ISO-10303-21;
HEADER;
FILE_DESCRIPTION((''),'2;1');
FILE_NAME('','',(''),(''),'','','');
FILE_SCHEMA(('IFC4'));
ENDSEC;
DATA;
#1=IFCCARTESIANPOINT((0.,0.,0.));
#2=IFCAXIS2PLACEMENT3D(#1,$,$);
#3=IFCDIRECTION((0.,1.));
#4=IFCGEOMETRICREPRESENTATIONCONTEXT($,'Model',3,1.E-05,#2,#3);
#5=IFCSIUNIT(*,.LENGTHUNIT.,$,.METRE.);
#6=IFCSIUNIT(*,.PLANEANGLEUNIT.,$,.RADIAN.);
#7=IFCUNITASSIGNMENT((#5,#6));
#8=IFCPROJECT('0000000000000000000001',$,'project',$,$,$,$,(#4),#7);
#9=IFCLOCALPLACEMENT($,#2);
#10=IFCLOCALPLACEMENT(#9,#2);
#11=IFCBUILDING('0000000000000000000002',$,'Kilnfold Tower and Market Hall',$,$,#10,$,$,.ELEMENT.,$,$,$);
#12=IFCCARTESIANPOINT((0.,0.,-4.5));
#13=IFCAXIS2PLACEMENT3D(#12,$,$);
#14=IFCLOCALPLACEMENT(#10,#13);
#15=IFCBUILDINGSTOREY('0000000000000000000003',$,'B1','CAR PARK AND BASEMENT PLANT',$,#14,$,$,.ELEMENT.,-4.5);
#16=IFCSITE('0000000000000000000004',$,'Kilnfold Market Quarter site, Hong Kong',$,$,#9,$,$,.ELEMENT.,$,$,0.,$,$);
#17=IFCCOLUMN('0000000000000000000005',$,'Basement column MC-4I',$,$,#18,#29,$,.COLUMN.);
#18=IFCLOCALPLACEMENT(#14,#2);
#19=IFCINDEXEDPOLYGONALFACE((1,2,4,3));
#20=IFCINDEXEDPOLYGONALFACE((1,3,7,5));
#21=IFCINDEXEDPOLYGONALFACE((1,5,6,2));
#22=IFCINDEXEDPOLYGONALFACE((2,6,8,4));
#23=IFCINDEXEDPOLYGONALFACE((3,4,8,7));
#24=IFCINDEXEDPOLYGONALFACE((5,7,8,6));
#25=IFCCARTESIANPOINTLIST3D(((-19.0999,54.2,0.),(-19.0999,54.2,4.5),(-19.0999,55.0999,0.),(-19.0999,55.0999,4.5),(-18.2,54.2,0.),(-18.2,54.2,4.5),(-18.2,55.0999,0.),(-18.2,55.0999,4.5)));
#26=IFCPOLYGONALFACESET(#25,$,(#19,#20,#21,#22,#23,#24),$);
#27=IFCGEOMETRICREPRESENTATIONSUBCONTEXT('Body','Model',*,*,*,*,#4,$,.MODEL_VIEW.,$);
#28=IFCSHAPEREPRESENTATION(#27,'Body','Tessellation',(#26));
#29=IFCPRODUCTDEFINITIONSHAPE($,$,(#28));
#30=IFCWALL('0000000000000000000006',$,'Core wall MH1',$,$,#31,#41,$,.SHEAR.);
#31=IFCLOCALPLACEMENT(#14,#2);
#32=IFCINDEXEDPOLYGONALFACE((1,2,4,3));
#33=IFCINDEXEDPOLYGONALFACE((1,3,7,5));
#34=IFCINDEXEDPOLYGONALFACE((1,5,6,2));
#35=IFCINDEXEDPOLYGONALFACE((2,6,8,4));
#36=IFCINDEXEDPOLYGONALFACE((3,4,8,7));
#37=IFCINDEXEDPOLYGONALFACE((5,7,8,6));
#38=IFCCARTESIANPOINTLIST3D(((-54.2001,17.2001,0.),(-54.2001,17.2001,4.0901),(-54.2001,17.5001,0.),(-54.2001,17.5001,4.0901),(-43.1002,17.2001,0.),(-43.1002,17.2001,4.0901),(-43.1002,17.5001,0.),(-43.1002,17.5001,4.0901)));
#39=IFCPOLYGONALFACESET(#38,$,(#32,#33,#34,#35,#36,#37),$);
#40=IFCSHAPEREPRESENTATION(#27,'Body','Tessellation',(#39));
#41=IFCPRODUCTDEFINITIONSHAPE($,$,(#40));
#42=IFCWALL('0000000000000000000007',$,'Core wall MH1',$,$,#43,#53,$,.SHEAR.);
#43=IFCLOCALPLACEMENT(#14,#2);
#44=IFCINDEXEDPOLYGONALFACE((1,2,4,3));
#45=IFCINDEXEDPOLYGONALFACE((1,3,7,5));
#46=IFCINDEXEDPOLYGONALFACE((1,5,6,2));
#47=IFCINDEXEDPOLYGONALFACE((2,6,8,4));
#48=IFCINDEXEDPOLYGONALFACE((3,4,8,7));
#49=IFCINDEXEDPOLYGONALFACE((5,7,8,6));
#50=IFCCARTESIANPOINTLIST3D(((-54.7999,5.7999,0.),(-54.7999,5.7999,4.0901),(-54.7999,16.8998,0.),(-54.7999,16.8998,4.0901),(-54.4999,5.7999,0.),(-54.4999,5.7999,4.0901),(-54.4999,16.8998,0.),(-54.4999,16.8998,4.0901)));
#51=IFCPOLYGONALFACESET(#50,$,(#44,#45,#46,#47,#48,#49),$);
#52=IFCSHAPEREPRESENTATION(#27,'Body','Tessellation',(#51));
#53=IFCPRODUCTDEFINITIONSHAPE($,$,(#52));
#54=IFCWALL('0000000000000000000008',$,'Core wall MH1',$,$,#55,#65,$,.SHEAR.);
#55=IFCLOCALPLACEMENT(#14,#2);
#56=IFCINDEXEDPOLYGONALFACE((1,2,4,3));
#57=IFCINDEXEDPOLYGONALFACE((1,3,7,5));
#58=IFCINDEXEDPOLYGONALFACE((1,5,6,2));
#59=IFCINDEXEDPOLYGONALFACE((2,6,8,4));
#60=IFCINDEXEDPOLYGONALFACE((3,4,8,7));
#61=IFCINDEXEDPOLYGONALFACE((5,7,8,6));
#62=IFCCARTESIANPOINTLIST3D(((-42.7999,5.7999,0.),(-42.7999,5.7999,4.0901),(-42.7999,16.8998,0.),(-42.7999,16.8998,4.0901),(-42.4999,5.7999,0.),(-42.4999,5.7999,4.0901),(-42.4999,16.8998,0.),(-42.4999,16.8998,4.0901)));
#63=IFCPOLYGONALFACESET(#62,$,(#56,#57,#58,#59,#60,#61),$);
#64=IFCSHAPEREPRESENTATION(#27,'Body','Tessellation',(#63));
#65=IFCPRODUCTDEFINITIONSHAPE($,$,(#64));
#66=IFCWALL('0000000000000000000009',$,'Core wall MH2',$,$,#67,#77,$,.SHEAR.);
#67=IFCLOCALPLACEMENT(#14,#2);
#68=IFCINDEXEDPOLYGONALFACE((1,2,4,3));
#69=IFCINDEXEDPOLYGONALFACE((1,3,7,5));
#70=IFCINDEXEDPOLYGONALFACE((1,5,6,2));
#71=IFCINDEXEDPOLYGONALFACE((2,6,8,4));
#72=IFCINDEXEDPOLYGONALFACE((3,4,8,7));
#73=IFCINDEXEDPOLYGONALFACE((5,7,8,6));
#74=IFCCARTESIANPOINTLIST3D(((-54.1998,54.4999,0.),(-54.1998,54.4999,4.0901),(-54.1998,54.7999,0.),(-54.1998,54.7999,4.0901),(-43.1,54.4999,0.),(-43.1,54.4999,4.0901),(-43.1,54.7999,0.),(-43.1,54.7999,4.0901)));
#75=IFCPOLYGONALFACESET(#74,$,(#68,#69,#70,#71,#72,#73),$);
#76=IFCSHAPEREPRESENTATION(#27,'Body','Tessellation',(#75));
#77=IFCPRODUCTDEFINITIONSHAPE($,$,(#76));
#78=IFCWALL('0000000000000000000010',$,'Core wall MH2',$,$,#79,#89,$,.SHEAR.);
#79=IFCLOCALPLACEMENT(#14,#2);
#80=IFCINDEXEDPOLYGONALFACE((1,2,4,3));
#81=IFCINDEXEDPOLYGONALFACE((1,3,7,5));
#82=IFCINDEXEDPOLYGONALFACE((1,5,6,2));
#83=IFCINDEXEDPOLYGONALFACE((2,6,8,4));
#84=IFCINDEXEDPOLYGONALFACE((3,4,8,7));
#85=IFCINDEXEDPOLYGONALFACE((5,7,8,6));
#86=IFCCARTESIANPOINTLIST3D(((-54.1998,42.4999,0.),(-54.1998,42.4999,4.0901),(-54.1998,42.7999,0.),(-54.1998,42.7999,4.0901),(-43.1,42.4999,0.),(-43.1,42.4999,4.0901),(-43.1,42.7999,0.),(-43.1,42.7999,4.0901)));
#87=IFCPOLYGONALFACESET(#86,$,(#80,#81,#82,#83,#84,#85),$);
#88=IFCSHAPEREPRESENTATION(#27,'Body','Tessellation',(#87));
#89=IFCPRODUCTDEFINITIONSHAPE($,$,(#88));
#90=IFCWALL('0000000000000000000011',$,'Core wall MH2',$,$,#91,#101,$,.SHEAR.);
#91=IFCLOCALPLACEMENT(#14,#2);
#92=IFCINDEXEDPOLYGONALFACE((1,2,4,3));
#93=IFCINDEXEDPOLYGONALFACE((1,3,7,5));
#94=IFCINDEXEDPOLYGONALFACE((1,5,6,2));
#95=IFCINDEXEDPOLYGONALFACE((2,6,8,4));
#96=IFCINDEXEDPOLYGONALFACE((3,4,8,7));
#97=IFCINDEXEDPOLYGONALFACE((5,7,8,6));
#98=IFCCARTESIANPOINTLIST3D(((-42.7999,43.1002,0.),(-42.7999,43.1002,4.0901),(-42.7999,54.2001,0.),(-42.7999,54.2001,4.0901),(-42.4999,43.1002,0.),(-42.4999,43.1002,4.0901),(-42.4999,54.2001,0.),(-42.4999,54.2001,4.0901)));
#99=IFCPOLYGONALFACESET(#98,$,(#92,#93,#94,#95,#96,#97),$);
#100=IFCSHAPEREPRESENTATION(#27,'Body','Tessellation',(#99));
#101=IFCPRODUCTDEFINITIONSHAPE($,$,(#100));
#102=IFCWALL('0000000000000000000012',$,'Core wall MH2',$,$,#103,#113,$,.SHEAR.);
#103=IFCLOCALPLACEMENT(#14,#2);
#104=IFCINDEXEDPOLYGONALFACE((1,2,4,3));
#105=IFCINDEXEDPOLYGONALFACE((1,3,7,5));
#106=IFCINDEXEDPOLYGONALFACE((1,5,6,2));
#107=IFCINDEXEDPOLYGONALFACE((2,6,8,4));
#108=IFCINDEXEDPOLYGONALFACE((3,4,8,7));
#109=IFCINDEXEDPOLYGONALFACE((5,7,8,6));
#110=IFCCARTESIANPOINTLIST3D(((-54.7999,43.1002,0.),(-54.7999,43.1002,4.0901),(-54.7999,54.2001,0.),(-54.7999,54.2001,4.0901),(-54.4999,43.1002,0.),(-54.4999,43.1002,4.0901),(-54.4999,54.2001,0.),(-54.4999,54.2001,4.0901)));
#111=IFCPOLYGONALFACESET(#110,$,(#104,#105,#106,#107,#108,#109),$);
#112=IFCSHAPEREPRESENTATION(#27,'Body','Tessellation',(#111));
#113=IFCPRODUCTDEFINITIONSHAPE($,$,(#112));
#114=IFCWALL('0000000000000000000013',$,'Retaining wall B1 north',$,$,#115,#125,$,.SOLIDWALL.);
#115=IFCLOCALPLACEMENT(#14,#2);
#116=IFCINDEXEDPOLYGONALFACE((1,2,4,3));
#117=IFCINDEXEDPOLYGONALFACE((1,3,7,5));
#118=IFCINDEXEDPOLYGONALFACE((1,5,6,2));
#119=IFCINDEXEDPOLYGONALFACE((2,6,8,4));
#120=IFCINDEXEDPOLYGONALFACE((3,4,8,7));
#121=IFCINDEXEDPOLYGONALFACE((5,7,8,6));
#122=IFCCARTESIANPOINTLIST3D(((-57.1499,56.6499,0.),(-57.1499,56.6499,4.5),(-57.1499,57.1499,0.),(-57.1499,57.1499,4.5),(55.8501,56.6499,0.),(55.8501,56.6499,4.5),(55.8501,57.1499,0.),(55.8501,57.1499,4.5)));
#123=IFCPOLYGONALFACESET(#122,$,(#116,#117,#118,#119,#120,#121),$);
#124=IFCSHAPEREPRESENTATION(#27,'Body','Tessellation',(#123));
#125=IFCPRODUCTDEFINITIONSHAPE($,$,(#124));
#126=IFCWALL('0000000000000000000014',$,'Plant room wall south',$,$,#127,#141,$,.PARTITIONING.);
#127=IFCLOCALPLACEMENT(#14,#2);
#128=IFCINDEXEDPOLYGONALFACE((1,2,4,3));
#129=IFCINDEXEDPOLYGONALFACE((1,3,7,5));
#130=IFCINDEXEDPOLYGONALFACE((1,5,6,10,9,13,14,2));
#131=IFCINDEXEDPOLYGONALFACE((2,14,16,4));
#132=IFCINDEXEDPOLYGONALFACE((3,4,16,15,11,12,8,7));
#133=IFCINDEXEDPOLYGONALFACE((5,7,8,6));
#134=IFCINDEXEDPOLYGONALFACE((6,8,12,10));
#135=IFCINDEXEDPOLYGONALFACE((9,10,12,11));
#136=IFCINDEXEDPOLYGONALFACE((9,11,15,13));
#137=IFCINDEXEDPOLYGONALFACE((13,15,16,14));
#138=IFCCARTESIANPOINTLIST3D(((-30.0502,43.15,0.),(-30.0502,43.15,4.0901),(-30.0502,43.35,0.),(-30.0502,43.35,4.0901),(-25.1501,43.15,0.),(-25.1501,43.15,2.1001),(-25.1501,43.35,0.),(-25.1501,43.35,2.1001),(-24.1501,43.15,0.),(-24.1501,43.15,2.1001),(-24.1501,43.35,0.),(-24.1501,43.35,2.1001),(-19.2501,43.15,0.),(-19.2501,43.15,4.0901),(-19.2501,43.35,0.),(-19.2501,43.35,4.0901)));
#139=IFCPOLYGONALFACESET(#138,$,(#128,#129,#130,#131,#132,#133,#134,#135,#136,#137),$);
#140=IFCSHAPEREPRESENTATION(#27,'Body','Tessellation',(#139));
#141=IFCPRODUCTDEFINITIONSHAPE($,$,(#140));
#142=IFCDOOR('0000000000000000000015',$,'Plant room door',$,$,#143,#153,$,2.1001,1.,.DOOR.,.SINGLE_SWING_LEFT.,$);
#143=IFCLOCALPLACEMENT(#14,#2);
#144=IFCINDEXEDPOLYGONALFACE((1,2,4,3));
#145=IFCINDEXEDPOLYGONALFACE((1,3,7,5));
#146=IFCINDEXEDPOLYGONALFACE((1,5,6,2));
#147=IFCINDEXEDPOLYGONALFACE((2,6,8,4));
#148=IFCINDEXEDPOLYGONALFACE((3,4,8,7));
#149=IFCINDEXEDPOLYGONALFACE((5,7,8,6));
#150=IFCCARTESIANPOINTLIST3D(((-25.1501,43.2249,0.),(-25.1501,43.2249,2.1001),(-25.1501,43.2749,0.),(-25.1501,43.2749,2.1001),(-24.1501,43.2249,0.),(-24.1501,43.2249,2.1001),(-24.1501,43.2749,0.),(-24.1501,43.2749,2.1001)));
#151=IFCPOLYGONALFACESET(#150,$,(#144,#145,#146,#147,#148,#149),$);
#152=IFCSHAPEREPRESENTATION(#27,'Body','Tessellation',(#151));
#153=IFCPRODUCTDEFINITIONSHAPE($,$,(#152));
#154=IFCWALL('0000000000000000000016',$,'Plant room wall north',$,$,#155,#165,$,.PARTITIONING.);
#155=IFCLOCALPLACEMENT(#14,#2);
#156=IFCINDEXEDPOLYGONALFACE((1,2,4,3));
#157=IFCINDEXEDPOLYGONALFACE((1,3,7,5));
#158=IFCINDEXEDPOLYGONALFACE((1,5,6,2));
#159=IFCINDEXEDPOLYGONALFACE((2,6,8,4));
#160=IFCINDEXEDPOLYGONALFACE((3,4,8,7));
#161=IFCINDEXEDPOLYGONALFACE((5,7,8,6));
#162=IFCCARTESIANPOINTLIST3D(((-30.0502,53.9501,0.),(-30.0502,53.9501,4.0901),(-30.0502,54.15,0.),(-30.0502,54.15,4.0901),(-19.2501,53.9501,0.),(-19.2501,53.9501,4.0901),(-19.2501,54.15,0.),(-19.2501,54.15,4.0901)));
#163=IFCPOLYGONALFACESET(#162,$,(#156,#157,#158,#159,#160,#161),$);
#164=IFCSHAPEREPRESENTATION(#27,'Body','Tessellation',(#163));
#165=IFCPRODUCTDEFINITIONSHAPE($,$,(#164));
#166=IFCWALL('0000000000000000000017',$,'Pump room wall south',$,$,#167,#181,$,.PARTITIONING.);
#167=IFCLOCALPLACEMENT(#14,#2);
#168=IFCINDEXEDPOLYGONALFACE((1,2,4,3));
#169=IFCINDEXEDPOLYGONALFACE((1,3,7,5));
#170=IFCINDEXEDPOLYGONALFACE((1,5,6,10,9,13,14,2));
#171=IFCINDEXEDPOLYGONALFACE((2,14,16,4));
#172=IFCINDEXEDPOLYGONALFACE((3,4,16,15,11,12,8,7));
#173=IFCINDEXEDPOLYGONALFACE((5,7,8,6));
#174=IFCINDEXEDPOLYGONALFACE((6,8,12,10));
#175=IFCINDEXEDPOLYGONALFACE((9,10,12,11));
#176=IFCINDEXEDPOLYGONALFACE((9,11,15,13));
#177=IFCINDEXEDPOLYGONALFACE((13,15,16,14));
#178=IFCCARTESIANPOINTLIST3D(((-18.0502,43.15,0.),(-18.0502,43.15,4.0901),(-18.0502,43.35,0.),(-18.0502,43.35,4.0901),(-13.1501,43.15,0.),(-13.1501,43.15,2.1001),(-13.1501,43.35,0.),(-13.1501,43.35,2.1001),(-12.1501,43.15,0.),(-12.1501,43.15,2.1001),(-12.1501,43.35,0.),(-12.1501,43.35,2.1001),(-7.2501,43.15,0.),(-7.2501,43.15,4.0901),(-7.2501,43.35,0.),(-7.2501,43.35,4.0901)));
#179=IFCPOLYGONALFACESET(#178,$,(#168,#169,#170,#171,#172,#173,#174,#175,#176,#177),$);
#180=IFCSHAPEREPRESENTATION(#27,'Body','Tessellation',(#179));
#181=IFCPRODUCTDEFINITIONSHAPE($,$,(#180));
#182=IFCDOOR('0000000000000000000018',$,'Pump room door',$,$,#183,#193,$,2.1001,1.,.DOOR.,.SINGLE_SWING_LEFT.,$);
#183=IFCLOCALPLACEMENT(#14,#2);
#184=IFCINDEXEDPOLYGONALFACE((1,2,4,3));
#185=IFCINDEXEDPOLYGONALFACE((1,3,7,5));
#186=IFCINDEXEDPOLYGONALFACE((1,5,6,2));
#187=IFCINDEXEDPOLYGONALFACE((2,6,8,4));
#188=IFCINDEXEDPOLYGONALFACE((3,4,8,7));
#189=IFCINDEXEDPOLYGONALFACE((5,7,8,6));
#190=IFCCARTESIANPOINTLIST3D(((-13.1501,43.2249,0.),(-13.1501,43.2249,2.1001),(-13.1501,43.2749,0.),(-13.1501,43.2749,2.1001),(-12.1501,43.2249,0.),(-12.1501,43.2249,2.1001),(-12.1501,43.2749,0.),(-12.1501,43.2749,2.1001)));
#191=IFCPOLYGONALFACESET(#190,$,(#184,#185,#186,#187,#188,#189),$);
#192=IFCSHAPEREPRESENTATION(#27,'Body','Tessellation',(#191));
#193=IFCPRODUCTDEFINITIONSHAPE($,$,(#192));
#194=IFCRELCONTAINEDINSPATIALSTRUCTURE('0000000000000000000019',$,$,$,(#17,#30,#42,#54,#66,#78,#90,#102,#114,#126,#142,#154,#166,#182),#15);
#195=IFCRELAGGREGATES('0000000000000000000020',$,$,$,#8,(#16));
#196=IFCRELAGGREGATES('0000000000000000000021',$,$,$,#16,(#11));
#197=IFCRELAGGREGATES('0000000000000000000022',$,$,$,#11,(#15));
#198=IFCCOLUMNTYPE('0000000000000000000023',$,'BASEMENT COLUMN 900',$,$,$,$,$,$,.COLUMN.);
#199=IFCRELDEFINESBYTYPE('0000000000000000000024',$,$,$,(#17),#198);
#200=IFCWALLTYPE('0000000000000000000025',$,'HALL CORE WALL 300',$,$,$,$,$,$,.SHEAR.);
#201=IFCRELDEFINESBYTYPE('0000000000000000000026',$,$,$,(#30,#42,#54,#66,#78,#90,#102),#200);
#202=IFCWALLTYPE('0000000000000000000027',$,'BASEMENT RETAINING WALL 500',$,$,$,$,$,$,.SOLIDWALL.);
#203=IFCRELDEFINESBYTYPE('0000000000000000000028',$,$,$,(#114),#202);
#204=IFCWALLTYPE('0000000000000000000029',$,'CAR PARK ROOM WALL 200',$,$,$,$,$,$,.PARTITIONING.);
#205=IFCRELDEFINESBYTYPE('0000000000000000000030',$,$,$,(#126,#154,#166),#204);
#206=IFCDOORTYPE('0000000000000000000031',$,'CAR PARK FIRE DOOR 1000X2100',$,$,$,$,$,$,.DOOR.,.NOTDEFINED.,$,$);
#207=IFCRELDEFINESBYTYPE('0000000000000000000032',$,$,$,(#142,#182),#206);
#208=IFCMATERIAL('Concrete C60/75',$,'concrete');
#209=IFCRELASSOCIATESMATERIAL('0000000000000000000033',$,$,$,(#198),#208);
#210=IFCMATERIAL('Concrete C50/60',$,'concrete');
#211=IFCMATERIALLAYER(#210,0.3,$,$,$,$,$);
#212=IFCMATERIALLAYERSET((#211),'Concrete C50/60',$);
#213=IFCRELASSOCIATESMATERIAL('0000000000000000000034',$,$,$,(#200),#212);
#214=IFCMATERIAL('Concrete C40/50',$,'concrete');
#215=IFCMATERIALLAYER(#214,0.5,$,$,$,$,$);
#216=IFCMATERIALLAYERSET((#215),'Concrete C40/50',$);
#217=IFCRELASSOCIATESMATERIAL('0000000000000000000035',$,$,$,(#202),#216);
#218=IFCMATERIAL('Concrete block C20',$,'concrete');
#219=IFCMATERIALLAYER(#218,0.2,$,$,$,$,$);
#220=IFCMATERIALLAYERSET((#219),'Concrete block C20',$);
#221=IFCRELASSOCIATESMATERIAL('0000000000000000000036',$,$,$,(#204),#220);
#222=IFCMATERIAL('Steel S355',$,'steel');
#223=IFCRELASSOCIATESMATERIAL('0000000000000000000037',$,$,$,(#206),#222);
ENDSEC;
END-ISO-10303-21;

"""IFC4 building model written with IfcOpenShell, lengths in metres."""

from ifc_helpers import new_model, si_unit, direction, frame, frame_2d, origin, origin_2d, place, context, subcontext, project, spatial, rectangle, extrude, source, transform, mapped, material, layer, layer_set, material_profile, profile_set, type_object, element, fill, save


model = new_model("IFC4")

# Units and contexts
model_context = context("Model", 3, precision=1e-05, world=origin(), true_north=direction((0.0, 1.0)))
body_context = subcontext(model_context, "Body", "Model", "MODEL_VIEW")
ifc_project = project(units=[si_unit("LENGTHUNIT", "METRE"), si_unit("PLANEANGLEUNIT", "RADIAN")], contexts=[model_context])

# Site, building, storey
site_placement = place(None, origin())
site = spatial("IfcSite", under=ifc_project, at=site_placement, Name="Kilnfold Market Quarter site, Hong Kong", CompositionType="ELEMENT", RefElevation=0.0)
building_placement = place(site_placement, origin())
building = spatial("IfcBuilding", under=site, at=building_placement, Name="Kilnfold Tower and Market Hall", CompositionType="ELEMENT")
storey_placement = place(building_placement, frame((0.0, 0.0, -4.5)))
storey = spatial("IfcBuildingStorey", under=building, at=storey_placement, Name="B1", Description="CAR PARK AND BASEMENT PLANT", CompositionType="ELEMENT", Elevation=-4.5)

# Column
ifc_material_1 = material(Name="Concrete C60/75", Category="concrete")
ifc_material_profile_1 = material_profile(ifc_material_1, rectangle(XDim=0.8999, YDim=0.8999, at=origin_2d()), Name="RC 900x900")
ifc_profile_set_1 = profile_set([ifc_material_profile_1], Name="Concrete C60/75")
column_type_1 = type_object("IfcColumnType", Name="BASEMENT COLUMN 900", PredefinedType="COLUMN", material=ifc_profile_set_1)
shared_shape_1 = source(origin(), body_context, "Body", "SweptSolid", [
    extrude(rectangle(XDim=0.8999, YDim=0.8999, at=origin_2d()), origin(), (0.0, 0.0, 1.0), 4.5),
])
for number, where, z_axis, x_axis, name in (
    (1, (-18.6499, 54.6499, 0.0), (0.0, 0.0, 1.0), (1.0, 0.0, 0.0), "Basement column MC-4I"),
):
    element("IfcColumn", number, at=place(storey_placement, frame(where, z_axis=z_axis, x_axis=x_axis)), inside=storey, type_object=column_type_1, Name=name, PredefinedType="COLUMN", context=body_context, shape_type="MappedRepresentation", body=[
        mapped(shared_shape_1, transform((0.0, 0.0, 0.0))),
    ])

# Walls
ifc_material_2 = material(Name="Concrete C50/60", Category="concrete")
ifc_layer_1 = layer(ifc_material_2, 0.3)
ifc_layer_set_1 = layer_set([ifc_layer_1], Name="Concrete C50/60")
wall_type_1 = type_object("IfcWallType", Name="HALL CORE WALL 300", PredefinedType="SHEAR", material=ifc_layer_set_1)
shared_shape_2 = source(origin(), body_context, "Body", "SweptSolid", [
    extrude(rectangle(XDim=11.0999, YDim=0.3, at=frame_2d((5.5498, 0.0))), origin(), (0.0, 0.0, 1.0), 4.0901),
])
for number, where, z_axis, x_axis, name in (
    (2, (-54.2, 17.3501, 0.0), (0.0, 0.0, 1.0), (1.0, 0.0, 0.0), "Core wall MH1"),
    (3, (-54.6499, 5.8, 0.0), (0.0, 0.0, 1.0), (0.0, 1.0, 0.0), "Core wall MH1"),
    (4, (-42.6499, 5.8, 0.0), (0.0, 0.0, 1.0), (0.0, 1.0, 0.0), "Core wall MH1"),
    (5, (-43.1001, 54.6499, 0.0), (0.0, 0.0, 1.0), (-1.0, 0.0, 0.0), "Core wall MH2"),
    (6, (-43.1001, 42.6499, 0.0), (0.0, 0.0, 1.0), (-1.0, 0.0, 0.0), "Core wall MH2"),
    (7, (-42.6499, 54.2, 0.0), (0.0, 0.0, 1.0), (0.0, -1.0, 0.0), "Core wall MH2"),
    (8, (-54.6499, 54.2, 0.0), (0.0, 0.0, 1.0), (0.0, -1.0, 0.0), "Core wall MH2"),
):
    element("IfcWall", number, at=place(storey_placement, frame(where, z_axis=z_axis, x_axis=x_axis)), inside=storey, type_object=wall_type_1, Name=name, PredefinedType="SHEAR", context=body_context, shape_type="MappedRepresentation", body=[
        mapped(shared_shape_2, transform((0.0, 0.0, 0.0))),
    ])
ifc_material_3 = material(Name="Concrete C40/50", Category="concrete")
ifc_layer_2 = layer(ifc_material_3, 0.5)
ifc_layer_set_2 = layer_set([ifc_layer_2], Name="Concrete C40/50")
wall_type_2 = type_object("IfcWallType", Name="BASEMENT RETAINING WALL 500", PredefinedType="SOLIDWALL", material=ifc_layer_set_2)
shared_shape_3 = source(origin(), body_context, "Body", "SweptSolid", [
    extrude(rectangle(XDim=113.0, YDim=0.5, at=frame_2d((56.5, 0.0))), origin(), (0.0, 0.0, 1.0), 4.5),
])
wall_1_placement = place(storey_placement, frame((-57.1499, 56.8999, 0.0), z_axis=(0.0, 0.0, 1.0), x_axis=(1.0, 0.0, 0.0)))
element("IfcWall", 9, at=wall_1_placement, inside=storey, type_object=wall_type_2, Name="Retaining wall B1 north", PredefinedType="SOLIDWALL", context=body_context, shape_type="MappedRepresentation", body=[
    mapped(shared_shape_3, transform((0.0, 0.0, 0.0))),
])

# Wall, opening, door
ifc_material_4 = material(Name="Concrete block C20", Category="concrete")
ifc_layer_3 = layer(ifc_material_4, 0.2)
ifc_layer_set_3 = layer_set([ifc_layer_3], Name="Concrete block C20")
wall_type_3 = type_object("IfcWallType", Name="CAR PARK ROOM WALL 200", PredefinedType="PARTITIONING", material=ifc_layer_set_3)
shared_shape_4 = source(origin(), body_context, "Body", "SweptSolid", [
    extrude(rectangle(XDim=10.8, YDim=0.2, at=frame_2d((5.3999, 0.0))), origin(), (0.0, 0.0, 1.0), 4.0901),
])
wall_2_placement = place(storey_placement, frame((-30.05, 43.25, 0.0), z_axis=(0.0, 0.0, 1.0), x_axis=(1.0, 0.0, 0.0)))
wall_2 = element("IfcWall", 10, at=wall_2_placement, inside=storey, type_object=wall_type_3, Name="Plant room wall south", PredefinedType="PARTITIONING", context=body_context, shape_type="MappedRepresentation", body=[
    mapped(shared_shape_4, transform((0.0, 0.0, 0.0))),
])
opening_1_placement = place(wall_2_placement, frame((4.8999, 0.0, 0.0)))
opening_1 = element("IfcOpeningElement", 11, at=opening_1_placement, cuts=wall_2, PredefinedType="OPENING", context=body_context, shape_type="SweptSolid", body=[
    extrude(rectangle(XDim=1.0, YDim=2.1001, at=frame_2d((0.5, 1.05))), frame((0.0, 0.1099, 0.0), z_axis=(0.0, -1.0, 0.0), x_axis=(1.0, 0.0, 0.0)), (0.0, 0.0, 1.0), 0.22),
])
ifc_material_5 = material(Name="Steel S355", Category="steel")
door_type = type_object("IfcDoorType", Name="CAR PARK FIRE DOOR 1000X2100", OperationType="NOTDEFINED", PredefinedType="DOOR", material=ifc_material_5)
door_1_placement = place(opening_1_placement, origin())
door_1 = element("IfcDoor", 12, at=door_1_placement, inside=storey, type_object=door_type, Name="Plant room door", OperationType="SINGLE_SWING_LEFT", OverallHeight=2.1001, OverallWidth=1.0, PredefinedType="DOOR", context=body_context, shape_type="SweptSolid", body=[
    extrude(rectangle(XDim=1.0, YDim=2.1001, at=frame_2d((0.5, 1.05))), frame((0.0, 0.0249, 0.0), z_axis=(0.0, -1.0, 0.0), x_axis=(1.0, 0.0, 0.0)), (0.0, 0.0, 1.0), 0.05),
])
fill(opening_1, door_1)

# Wall
wall_3_placement = place(storey_placement, frame((-30.05, 54.05, 0.0), z_axis=(0.0, 0.0, 1.0), x_axis=(1.0, 0.0, 0.0)))
element("IfcWall", 13, at=wall_3_placement, inside=storey, type_object=wall_type_3, Name="Plant room wall north", PredefinedType="PARTITIONING", context=body_context, shape_type="MappedRepresentation", body=[
    mapped(shared_shape_4, transform((0.0, 0.0, 0.0))),
])

# Wall, opening, door
wall_4_placement = place(storey_placement, frame((-18.05, 43.25, 0.0), z_axis=(0.0, 0.0, 1.0), x_axis=(1.0, 0.0, 0.0)))
wall_4 = element("IfcWall", 14, at=wall_4_placement, inside=storey, type_object=wall_type_3, Name="Pump room wall south", PredefinedType="PARTITIONING", context=body_context, shape_type="MappedRepresentation", body=[
    mapped(shared_shape_4, transform((0.0, 0.0, 0.0))),
])
opening_2_placement = place(wall_4_placement, frame((4.8999, 0.0, 0.0)))
opening_2 = element("IfcOpeningElement", 15, at=opening_2_placement, cuts=wall_4, PredefinedType="OPENING", context=body_context, shape_type="SweptSolid", body=[
    extrude(rectangle(XDim=1.0, YDim=2.1001, at=frame_2d((0.5, 1.05))), frame((0.0, 0.1099, 0.0), z_axis=(0.0, -1.0, 0.0), x_axis=(1.0, 0.0, 0.0)), (0.0, 0.0, 1.0), 0.22),
])
door_2_placement = place(opening_2_placement, origin())
door_2 = element("IfcDoor", 16, at=door_2_placement, inside=storey, type_object=door_type, Name="Pump room door", OperationType="SINGLE_SWING_LEFT", OverallHeight=2.1001, OverallWidth=1.0, PredefinedType="DOOR", context=body_context, shape_type="SweptSolid", body=[
    extrude(rectangle(XDim=1.0, YDim=2.1001, at=frame_2d((0.5, 1.05))), frame((0.0, 0.0249, 0.0), z_axis=(0.0, -1.0, 0.0), x_axis=(1.0, 0.0, 0.0)), (0.0, 0.0, 1.0), 0.05),
])
fill(opening_2, door_2)

save(model, "model.ifc")
